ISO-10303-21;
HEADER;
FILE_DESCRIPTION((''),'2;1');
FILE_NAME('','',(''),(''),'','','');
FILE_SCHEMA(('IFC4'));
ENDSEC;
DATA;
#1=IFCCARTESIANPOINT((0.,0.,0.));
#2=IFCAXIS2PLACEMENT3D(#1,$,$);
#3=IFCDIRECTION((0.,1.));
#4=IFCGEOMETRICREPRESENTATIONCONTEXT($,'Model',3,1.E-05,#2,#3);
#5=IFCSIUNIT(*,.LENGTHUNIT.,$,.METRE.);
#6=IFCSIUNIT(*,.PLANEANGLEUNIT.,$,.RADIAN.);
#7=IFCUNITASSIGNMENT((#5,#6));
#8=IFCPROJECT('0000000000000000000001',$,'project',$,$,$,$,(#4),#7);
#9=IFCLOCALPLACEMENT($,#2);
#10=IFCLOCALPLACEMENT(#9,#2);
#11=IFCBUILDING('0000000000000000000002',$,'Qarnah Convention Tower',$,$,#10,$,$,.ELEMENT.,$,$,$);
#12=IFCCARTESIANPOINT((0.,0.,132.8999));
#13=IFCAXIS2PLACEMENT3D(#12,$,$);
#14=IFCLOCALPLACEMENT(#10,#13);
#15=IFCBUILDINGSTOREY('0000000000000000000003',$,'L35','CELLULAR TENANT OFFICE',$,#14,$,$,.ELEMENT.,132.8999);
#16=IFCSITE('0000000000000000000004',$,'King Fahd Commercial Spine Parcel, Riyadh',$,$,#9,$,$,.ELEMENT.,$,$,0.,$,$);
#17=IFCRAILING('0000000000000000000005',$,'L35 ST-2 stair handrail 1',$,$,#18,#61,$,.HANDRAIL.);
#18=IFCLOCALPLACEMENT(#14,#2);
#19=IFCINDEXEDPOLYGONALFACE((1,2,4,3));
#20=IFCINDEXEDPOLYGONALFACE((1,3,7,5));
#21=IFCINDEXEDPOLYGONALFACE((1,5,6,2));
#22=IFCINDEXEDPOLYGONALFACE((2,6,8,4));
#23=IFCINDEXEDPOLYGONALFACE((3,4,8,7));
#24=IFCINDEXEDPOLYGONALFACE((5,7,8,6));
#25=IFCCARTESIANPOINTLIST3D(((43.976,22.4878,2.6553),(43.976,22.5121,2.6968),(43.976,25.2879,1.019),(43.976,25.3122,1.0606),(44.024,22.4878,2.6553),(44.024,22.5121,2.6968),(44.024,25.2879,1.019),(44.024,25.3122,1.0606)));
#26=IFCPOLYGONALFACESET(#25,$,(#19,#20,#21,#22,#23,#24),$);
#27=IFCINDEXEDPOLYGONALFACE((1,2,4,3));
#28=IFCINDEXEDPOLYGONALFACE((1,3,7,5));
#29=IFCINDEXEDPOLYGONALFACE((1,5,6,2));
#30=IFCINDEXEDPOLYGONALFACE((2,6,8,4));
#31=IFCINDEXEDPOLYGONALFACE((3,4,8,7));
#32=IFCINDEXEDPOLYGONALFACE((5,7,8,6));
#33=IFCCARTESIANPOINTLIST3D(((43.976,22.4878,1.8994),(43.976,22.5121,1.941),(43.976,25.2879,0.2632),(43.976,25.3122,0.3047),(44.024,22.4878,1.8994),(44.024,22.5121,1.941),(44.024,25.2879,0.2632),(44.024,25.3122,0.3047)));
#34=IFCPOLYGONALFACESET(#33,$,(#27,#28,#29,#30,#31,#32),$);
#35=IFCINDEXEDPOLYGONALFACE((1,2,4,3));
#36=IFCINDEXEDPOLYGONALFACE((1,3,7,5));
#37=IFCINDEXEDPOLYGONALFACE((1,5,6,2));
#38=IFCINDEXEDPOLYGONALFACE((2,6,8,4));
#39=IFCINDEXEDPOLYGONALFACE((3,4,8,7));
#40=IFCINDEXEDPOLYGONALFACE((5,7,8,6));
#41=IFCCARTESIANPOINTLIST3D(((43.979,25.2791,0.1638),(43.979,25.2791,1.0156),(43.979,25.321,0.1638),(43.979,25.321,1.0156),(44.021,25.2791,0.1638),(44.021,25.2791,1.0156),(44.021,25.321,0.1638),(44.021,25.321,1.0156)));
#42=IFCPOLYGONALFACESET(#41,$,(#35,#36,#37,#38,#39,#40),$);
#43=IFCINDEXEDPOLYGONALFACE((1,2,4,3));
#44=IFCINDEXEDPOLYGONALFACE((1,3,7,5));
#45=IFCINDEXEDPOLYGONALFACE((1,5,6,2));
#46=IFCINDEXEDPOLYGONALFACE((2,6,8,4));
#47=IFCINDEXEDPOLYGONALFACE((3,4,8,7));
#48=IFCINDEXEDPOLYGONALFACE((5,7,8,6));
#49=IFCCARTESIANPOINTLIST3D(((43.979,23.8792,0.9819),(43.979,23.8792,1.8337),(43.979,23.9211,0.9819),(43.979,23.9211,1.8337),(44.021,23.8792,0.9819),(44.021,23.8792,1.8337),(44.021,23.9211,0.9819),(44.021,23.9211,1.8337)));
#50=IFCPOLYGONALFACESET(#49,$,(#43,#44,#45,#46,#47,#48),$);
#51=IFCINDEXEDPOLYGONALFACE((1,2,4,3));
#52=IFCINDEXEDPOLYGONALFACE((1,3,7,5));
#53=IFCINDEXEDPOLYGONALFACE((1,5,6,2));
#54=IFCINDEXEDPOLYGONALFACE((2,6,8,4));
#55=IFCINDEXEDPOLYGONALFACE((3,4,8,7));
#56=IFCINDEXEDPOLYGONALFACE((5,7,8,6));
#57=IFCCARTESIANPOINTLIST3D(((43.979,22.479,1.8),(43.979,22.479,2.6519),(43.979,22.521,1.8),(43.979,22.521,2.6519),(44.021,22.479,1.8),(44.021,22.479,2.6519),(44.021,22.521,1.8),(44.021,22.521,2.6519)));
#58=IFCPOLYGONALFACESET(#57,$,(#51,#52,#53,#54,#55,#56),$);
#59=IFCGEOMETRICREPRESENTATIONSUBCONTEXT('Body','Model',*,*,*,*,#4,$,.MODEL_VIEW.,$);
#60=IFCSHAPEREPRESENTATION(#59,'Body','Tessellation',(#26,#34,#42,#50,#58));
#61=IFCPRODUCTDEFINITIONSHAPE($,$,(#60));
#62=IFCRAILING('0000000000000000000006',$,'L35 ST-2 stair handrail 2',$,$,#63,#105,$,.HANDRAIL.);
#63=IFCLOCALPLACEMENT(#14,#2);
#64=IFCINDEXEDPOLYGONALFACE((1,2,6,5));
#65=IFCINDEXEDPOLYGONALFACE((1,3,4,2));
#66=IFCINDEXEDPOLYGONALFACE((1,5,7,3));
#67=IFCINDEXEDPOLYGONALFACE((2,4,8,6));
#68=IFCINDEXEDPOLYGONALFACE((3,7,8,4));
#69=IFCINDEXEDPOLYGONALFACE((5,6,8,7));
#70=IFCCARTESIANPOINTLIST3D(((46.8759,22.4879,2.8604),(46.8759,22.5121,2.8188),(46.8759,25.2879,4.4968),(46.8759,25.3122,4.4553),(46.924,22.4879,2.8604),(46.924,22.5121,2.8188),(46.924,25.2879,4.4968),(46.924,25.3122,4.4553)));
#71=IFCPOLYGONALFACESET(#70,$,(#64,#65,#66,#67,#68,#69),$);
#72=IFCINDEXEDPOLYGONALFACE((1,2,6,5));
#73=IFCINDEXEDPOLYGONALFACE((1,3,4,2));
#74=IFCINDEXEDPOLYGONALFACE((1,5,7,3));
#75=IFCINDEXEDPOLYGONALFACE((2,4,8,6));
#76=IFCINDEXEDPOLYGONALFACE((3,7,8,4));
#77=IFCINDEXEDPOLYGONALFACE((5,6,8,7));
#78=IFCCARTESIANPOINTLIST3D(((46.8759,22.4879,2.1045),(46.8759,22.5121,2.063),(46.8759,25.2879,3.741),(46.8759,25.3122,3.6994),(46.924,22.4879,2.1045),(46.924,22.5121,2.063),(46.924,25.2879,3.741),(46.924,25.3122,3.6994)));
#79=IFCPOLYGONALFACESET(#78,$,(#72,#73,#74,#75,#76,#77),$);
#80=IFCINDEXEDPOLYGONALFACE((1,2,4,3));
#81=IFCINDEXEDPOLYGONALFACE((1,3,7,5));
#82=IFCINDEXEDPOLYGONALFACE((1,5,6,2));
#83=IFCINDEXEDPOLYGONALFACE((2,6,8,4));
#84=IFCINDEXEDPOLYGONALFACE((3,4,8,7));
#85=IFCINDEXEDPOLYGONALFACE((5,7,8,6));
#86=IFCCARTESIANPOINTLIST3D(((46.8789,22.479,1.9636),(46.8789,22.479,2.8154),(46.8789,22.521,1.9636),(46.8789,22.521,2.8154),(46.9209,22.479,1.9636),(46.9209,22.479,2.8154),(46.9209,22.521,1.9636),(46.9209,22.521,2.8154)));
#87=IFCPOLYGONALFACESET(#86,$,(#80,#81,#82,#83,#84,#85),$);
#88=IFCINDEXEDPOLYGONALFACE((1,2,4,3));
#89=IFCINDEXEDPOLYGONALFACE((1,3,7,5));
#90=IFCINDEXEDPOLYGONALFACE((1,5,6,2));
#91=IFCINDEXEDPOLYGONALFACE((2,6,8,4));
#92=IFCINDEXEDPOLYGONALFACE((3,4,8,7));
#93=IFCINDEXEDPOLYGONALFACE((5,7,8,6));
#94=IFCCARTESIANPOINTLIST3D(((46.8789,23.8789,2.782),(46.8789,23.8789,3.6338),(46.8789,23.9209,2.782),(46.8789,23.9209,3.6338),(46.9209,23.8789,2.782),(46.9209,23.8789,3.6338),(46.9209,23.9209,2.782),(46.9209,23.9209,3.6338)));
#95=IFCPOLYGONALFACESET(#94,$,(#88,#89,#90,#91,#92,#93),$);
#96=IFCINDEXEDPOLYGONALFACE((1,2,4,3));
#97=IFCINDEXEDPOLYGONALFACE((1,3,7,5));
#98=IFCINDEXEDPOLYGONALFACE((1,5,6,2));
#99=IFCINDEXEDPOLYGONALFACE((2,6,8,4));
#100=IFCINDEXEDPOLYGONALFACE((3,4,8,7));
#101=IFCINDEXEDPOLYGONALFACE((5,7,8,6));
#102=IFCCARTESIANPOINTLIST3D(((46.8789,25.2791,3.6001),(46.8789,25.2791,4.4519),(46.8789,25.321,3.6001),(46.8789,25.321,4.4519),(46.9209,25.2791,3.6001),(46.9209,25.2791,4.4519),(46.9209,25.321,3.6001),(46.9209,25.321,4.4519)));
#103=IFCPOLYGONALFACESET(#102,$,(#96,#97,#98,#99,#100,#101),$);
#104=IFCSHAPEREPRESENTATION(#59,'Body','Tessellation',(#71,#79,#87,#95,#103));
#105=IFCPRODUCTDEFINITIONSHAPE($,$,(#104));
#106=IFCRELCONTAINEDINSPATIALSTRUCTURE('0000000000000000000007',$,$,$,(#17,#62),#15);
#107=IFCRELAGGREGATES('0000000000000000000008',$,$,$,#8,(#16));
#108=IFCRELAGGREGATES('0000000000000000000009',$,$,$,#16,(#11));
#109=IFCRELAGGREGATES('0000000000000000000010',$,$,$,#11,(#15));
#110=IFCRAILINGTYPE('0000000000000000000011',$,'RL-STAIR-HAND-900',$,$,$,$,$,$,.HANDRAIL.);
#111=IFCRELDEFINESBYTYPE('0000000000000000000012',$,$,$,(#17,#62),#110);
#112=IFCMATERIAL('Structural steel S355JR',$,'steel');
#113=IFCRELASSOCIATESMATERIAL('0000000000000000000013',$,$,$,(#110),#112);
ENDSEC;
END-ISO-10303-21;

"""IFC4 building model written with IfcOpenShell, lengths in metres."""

from ifc_helpers import new_model, si_unit, direction, frame, origin, origin_2d, place, context, subcontext, project, spatial, rectangle, extrude, material, type_object, element, save


model = new_model("IFC4")

# Units and contexts
model_context = context("Model", 3, precision=1e-05, world=origin(), true_north=direction((0.0, 1.0)))
body_context = subcontext(model_context, "Body", "Model", "MODEL_VIEW")
ifc_project = project(units=[si_unit("LENGTHUNIT", "METRE"), si_unit("PLANEANGLEUNIT", "RADIAN")], contexts=[model_context])

# Site, building, storey
site_placement = place(None, origin())
site = spatial("IfcSite", under=ifc_project, at=site_placement, Name="King Fahd Commercial Spine Parcel, Riyadh", CompositionType="ELEMENT", RefElevation=0.0)
building_placement = place(site_placement, origin())
building = spatial("IfcBuilding", under=site, at=building_placement, Name="Qarnah Convention Tower", CompositionType="ELEMENT")
storey_placement = place(building_placement, frame((0.0, 0.0, 132.8999)))
storey = spatial("IfcBuildingStorey", under=building, at=storey_placement, Name="L35", Description="CELLULAR TENANT OFFICE", CompositionType="ELEMENT", Elevation=132.8999)

# Shared definitions
ifc_material_1 = material(Name="Structural steel S355JR", Category="steel")

# Railings
railing_type_1 = type_object("IfcRailingType", Name="RL-STAIR-HAND-900", PredefinedType="HANDRAIL", material=ifc_material_1)
railing_1_placement = place(storey_placement, frame((44.0, 25.3, 0.1638)))
element("IfcRailing", 1, at=railing_1_placement, inside=storey, type_object=railing_type_1, Name="L35 ST-2 stair handrail 1", PredefinedType="HANDRAIL", context=body_context, shape_type="SweptSolid", body=[
    extrude(rectangle(XDim=0.0481, YDim=0.0481, at=origin_2d()), frame((0.0, 0.0, 0.876), z_axis=(0.0, -0.863394, 0.504531), x_axis=(1.0, 0.0, 0.0)), (0.0, 0.0, 1.0), 3.2432),
    extrude(rectangle(XDim=0.0481, YDim=0.0481, at=origin_2d()), frame((0.0, 0.0, 0.1201), z_axis=(0.0, -0.863394, 0.504531), x_axis=(1.0, 0.0, 0.0)), (0.0, 0.0, 1.0), 3.2432),
    extrude(rectangle(XDim=0.042, YDim=0.042, at=origin_2d()), origin(), (0.0, 0.0, 1.0), 0.8518),
    extrude(rectangle(XDim=0.042, YDim=0.042, at=origin_2d()), frame((0.0, -1.3999, 0.8181)), (0.0, 0.0, 1.0), 0.8518),
    extrude(rectangle(XDim=0.042, YDim=0.042, at=origin_2d()), frame((0.0, -2.8, 1.6362)), (0.0, 0.0, 1.0), 0.8518),
])
railing_2_placement = place(storey_placement, frame((46.8999, 22.5, 1.9636)))
element("IfcRailing", 2, at=railing_2_placement, inside=storey, type_object=railing_type_1, Name="L35 ST-2 stair handrail 2", PredefinedType="HANDRAIL", context=body_context, shape_type="SweptSolid", body=[
    extrude(rectangle(XDim=0.0481, YDim=0.0481, at=origin_2d()), frame((0.0, 0.0, 0.876), z_axis=(0.0, 0.863361, 0.504587), x_axis=(-1.0, 0.0, 0.0)), (0.0, 0.0, 1.0), 3.2432),
    extrude(rectangle(XDim=0.0481, YDim=0.0481, at=origin_2d()), frame((0.0, 0.0, 0.1201), z_axis=(0.0, 0.863361, 0.504587), x_axis=(-1.0, 0.0, 0.0)), (0.0, 0.0, 1.0), 3.2432),
    extrude(rectangle(XDim=0.042, YDim=0.042, at=origin_2d()), origin(), (0.0, 0.0, 1.0), 0.8518),
    extrude(rectangle(XDim=0.042, YDim=0.042, at=origin_2d()), frame((0.0, 1.3999, 0.8184)), (0.0, 0.0, 1.0), 0.8518),
    extrude(rectangle(XDim=0.042, YDim=0.042, at=origin_2d()), frame((0.0, 2.8, 1.6365)), (0.0, 0.0, 1.0), 0.8518),
])

save(model, "model.ifc")
